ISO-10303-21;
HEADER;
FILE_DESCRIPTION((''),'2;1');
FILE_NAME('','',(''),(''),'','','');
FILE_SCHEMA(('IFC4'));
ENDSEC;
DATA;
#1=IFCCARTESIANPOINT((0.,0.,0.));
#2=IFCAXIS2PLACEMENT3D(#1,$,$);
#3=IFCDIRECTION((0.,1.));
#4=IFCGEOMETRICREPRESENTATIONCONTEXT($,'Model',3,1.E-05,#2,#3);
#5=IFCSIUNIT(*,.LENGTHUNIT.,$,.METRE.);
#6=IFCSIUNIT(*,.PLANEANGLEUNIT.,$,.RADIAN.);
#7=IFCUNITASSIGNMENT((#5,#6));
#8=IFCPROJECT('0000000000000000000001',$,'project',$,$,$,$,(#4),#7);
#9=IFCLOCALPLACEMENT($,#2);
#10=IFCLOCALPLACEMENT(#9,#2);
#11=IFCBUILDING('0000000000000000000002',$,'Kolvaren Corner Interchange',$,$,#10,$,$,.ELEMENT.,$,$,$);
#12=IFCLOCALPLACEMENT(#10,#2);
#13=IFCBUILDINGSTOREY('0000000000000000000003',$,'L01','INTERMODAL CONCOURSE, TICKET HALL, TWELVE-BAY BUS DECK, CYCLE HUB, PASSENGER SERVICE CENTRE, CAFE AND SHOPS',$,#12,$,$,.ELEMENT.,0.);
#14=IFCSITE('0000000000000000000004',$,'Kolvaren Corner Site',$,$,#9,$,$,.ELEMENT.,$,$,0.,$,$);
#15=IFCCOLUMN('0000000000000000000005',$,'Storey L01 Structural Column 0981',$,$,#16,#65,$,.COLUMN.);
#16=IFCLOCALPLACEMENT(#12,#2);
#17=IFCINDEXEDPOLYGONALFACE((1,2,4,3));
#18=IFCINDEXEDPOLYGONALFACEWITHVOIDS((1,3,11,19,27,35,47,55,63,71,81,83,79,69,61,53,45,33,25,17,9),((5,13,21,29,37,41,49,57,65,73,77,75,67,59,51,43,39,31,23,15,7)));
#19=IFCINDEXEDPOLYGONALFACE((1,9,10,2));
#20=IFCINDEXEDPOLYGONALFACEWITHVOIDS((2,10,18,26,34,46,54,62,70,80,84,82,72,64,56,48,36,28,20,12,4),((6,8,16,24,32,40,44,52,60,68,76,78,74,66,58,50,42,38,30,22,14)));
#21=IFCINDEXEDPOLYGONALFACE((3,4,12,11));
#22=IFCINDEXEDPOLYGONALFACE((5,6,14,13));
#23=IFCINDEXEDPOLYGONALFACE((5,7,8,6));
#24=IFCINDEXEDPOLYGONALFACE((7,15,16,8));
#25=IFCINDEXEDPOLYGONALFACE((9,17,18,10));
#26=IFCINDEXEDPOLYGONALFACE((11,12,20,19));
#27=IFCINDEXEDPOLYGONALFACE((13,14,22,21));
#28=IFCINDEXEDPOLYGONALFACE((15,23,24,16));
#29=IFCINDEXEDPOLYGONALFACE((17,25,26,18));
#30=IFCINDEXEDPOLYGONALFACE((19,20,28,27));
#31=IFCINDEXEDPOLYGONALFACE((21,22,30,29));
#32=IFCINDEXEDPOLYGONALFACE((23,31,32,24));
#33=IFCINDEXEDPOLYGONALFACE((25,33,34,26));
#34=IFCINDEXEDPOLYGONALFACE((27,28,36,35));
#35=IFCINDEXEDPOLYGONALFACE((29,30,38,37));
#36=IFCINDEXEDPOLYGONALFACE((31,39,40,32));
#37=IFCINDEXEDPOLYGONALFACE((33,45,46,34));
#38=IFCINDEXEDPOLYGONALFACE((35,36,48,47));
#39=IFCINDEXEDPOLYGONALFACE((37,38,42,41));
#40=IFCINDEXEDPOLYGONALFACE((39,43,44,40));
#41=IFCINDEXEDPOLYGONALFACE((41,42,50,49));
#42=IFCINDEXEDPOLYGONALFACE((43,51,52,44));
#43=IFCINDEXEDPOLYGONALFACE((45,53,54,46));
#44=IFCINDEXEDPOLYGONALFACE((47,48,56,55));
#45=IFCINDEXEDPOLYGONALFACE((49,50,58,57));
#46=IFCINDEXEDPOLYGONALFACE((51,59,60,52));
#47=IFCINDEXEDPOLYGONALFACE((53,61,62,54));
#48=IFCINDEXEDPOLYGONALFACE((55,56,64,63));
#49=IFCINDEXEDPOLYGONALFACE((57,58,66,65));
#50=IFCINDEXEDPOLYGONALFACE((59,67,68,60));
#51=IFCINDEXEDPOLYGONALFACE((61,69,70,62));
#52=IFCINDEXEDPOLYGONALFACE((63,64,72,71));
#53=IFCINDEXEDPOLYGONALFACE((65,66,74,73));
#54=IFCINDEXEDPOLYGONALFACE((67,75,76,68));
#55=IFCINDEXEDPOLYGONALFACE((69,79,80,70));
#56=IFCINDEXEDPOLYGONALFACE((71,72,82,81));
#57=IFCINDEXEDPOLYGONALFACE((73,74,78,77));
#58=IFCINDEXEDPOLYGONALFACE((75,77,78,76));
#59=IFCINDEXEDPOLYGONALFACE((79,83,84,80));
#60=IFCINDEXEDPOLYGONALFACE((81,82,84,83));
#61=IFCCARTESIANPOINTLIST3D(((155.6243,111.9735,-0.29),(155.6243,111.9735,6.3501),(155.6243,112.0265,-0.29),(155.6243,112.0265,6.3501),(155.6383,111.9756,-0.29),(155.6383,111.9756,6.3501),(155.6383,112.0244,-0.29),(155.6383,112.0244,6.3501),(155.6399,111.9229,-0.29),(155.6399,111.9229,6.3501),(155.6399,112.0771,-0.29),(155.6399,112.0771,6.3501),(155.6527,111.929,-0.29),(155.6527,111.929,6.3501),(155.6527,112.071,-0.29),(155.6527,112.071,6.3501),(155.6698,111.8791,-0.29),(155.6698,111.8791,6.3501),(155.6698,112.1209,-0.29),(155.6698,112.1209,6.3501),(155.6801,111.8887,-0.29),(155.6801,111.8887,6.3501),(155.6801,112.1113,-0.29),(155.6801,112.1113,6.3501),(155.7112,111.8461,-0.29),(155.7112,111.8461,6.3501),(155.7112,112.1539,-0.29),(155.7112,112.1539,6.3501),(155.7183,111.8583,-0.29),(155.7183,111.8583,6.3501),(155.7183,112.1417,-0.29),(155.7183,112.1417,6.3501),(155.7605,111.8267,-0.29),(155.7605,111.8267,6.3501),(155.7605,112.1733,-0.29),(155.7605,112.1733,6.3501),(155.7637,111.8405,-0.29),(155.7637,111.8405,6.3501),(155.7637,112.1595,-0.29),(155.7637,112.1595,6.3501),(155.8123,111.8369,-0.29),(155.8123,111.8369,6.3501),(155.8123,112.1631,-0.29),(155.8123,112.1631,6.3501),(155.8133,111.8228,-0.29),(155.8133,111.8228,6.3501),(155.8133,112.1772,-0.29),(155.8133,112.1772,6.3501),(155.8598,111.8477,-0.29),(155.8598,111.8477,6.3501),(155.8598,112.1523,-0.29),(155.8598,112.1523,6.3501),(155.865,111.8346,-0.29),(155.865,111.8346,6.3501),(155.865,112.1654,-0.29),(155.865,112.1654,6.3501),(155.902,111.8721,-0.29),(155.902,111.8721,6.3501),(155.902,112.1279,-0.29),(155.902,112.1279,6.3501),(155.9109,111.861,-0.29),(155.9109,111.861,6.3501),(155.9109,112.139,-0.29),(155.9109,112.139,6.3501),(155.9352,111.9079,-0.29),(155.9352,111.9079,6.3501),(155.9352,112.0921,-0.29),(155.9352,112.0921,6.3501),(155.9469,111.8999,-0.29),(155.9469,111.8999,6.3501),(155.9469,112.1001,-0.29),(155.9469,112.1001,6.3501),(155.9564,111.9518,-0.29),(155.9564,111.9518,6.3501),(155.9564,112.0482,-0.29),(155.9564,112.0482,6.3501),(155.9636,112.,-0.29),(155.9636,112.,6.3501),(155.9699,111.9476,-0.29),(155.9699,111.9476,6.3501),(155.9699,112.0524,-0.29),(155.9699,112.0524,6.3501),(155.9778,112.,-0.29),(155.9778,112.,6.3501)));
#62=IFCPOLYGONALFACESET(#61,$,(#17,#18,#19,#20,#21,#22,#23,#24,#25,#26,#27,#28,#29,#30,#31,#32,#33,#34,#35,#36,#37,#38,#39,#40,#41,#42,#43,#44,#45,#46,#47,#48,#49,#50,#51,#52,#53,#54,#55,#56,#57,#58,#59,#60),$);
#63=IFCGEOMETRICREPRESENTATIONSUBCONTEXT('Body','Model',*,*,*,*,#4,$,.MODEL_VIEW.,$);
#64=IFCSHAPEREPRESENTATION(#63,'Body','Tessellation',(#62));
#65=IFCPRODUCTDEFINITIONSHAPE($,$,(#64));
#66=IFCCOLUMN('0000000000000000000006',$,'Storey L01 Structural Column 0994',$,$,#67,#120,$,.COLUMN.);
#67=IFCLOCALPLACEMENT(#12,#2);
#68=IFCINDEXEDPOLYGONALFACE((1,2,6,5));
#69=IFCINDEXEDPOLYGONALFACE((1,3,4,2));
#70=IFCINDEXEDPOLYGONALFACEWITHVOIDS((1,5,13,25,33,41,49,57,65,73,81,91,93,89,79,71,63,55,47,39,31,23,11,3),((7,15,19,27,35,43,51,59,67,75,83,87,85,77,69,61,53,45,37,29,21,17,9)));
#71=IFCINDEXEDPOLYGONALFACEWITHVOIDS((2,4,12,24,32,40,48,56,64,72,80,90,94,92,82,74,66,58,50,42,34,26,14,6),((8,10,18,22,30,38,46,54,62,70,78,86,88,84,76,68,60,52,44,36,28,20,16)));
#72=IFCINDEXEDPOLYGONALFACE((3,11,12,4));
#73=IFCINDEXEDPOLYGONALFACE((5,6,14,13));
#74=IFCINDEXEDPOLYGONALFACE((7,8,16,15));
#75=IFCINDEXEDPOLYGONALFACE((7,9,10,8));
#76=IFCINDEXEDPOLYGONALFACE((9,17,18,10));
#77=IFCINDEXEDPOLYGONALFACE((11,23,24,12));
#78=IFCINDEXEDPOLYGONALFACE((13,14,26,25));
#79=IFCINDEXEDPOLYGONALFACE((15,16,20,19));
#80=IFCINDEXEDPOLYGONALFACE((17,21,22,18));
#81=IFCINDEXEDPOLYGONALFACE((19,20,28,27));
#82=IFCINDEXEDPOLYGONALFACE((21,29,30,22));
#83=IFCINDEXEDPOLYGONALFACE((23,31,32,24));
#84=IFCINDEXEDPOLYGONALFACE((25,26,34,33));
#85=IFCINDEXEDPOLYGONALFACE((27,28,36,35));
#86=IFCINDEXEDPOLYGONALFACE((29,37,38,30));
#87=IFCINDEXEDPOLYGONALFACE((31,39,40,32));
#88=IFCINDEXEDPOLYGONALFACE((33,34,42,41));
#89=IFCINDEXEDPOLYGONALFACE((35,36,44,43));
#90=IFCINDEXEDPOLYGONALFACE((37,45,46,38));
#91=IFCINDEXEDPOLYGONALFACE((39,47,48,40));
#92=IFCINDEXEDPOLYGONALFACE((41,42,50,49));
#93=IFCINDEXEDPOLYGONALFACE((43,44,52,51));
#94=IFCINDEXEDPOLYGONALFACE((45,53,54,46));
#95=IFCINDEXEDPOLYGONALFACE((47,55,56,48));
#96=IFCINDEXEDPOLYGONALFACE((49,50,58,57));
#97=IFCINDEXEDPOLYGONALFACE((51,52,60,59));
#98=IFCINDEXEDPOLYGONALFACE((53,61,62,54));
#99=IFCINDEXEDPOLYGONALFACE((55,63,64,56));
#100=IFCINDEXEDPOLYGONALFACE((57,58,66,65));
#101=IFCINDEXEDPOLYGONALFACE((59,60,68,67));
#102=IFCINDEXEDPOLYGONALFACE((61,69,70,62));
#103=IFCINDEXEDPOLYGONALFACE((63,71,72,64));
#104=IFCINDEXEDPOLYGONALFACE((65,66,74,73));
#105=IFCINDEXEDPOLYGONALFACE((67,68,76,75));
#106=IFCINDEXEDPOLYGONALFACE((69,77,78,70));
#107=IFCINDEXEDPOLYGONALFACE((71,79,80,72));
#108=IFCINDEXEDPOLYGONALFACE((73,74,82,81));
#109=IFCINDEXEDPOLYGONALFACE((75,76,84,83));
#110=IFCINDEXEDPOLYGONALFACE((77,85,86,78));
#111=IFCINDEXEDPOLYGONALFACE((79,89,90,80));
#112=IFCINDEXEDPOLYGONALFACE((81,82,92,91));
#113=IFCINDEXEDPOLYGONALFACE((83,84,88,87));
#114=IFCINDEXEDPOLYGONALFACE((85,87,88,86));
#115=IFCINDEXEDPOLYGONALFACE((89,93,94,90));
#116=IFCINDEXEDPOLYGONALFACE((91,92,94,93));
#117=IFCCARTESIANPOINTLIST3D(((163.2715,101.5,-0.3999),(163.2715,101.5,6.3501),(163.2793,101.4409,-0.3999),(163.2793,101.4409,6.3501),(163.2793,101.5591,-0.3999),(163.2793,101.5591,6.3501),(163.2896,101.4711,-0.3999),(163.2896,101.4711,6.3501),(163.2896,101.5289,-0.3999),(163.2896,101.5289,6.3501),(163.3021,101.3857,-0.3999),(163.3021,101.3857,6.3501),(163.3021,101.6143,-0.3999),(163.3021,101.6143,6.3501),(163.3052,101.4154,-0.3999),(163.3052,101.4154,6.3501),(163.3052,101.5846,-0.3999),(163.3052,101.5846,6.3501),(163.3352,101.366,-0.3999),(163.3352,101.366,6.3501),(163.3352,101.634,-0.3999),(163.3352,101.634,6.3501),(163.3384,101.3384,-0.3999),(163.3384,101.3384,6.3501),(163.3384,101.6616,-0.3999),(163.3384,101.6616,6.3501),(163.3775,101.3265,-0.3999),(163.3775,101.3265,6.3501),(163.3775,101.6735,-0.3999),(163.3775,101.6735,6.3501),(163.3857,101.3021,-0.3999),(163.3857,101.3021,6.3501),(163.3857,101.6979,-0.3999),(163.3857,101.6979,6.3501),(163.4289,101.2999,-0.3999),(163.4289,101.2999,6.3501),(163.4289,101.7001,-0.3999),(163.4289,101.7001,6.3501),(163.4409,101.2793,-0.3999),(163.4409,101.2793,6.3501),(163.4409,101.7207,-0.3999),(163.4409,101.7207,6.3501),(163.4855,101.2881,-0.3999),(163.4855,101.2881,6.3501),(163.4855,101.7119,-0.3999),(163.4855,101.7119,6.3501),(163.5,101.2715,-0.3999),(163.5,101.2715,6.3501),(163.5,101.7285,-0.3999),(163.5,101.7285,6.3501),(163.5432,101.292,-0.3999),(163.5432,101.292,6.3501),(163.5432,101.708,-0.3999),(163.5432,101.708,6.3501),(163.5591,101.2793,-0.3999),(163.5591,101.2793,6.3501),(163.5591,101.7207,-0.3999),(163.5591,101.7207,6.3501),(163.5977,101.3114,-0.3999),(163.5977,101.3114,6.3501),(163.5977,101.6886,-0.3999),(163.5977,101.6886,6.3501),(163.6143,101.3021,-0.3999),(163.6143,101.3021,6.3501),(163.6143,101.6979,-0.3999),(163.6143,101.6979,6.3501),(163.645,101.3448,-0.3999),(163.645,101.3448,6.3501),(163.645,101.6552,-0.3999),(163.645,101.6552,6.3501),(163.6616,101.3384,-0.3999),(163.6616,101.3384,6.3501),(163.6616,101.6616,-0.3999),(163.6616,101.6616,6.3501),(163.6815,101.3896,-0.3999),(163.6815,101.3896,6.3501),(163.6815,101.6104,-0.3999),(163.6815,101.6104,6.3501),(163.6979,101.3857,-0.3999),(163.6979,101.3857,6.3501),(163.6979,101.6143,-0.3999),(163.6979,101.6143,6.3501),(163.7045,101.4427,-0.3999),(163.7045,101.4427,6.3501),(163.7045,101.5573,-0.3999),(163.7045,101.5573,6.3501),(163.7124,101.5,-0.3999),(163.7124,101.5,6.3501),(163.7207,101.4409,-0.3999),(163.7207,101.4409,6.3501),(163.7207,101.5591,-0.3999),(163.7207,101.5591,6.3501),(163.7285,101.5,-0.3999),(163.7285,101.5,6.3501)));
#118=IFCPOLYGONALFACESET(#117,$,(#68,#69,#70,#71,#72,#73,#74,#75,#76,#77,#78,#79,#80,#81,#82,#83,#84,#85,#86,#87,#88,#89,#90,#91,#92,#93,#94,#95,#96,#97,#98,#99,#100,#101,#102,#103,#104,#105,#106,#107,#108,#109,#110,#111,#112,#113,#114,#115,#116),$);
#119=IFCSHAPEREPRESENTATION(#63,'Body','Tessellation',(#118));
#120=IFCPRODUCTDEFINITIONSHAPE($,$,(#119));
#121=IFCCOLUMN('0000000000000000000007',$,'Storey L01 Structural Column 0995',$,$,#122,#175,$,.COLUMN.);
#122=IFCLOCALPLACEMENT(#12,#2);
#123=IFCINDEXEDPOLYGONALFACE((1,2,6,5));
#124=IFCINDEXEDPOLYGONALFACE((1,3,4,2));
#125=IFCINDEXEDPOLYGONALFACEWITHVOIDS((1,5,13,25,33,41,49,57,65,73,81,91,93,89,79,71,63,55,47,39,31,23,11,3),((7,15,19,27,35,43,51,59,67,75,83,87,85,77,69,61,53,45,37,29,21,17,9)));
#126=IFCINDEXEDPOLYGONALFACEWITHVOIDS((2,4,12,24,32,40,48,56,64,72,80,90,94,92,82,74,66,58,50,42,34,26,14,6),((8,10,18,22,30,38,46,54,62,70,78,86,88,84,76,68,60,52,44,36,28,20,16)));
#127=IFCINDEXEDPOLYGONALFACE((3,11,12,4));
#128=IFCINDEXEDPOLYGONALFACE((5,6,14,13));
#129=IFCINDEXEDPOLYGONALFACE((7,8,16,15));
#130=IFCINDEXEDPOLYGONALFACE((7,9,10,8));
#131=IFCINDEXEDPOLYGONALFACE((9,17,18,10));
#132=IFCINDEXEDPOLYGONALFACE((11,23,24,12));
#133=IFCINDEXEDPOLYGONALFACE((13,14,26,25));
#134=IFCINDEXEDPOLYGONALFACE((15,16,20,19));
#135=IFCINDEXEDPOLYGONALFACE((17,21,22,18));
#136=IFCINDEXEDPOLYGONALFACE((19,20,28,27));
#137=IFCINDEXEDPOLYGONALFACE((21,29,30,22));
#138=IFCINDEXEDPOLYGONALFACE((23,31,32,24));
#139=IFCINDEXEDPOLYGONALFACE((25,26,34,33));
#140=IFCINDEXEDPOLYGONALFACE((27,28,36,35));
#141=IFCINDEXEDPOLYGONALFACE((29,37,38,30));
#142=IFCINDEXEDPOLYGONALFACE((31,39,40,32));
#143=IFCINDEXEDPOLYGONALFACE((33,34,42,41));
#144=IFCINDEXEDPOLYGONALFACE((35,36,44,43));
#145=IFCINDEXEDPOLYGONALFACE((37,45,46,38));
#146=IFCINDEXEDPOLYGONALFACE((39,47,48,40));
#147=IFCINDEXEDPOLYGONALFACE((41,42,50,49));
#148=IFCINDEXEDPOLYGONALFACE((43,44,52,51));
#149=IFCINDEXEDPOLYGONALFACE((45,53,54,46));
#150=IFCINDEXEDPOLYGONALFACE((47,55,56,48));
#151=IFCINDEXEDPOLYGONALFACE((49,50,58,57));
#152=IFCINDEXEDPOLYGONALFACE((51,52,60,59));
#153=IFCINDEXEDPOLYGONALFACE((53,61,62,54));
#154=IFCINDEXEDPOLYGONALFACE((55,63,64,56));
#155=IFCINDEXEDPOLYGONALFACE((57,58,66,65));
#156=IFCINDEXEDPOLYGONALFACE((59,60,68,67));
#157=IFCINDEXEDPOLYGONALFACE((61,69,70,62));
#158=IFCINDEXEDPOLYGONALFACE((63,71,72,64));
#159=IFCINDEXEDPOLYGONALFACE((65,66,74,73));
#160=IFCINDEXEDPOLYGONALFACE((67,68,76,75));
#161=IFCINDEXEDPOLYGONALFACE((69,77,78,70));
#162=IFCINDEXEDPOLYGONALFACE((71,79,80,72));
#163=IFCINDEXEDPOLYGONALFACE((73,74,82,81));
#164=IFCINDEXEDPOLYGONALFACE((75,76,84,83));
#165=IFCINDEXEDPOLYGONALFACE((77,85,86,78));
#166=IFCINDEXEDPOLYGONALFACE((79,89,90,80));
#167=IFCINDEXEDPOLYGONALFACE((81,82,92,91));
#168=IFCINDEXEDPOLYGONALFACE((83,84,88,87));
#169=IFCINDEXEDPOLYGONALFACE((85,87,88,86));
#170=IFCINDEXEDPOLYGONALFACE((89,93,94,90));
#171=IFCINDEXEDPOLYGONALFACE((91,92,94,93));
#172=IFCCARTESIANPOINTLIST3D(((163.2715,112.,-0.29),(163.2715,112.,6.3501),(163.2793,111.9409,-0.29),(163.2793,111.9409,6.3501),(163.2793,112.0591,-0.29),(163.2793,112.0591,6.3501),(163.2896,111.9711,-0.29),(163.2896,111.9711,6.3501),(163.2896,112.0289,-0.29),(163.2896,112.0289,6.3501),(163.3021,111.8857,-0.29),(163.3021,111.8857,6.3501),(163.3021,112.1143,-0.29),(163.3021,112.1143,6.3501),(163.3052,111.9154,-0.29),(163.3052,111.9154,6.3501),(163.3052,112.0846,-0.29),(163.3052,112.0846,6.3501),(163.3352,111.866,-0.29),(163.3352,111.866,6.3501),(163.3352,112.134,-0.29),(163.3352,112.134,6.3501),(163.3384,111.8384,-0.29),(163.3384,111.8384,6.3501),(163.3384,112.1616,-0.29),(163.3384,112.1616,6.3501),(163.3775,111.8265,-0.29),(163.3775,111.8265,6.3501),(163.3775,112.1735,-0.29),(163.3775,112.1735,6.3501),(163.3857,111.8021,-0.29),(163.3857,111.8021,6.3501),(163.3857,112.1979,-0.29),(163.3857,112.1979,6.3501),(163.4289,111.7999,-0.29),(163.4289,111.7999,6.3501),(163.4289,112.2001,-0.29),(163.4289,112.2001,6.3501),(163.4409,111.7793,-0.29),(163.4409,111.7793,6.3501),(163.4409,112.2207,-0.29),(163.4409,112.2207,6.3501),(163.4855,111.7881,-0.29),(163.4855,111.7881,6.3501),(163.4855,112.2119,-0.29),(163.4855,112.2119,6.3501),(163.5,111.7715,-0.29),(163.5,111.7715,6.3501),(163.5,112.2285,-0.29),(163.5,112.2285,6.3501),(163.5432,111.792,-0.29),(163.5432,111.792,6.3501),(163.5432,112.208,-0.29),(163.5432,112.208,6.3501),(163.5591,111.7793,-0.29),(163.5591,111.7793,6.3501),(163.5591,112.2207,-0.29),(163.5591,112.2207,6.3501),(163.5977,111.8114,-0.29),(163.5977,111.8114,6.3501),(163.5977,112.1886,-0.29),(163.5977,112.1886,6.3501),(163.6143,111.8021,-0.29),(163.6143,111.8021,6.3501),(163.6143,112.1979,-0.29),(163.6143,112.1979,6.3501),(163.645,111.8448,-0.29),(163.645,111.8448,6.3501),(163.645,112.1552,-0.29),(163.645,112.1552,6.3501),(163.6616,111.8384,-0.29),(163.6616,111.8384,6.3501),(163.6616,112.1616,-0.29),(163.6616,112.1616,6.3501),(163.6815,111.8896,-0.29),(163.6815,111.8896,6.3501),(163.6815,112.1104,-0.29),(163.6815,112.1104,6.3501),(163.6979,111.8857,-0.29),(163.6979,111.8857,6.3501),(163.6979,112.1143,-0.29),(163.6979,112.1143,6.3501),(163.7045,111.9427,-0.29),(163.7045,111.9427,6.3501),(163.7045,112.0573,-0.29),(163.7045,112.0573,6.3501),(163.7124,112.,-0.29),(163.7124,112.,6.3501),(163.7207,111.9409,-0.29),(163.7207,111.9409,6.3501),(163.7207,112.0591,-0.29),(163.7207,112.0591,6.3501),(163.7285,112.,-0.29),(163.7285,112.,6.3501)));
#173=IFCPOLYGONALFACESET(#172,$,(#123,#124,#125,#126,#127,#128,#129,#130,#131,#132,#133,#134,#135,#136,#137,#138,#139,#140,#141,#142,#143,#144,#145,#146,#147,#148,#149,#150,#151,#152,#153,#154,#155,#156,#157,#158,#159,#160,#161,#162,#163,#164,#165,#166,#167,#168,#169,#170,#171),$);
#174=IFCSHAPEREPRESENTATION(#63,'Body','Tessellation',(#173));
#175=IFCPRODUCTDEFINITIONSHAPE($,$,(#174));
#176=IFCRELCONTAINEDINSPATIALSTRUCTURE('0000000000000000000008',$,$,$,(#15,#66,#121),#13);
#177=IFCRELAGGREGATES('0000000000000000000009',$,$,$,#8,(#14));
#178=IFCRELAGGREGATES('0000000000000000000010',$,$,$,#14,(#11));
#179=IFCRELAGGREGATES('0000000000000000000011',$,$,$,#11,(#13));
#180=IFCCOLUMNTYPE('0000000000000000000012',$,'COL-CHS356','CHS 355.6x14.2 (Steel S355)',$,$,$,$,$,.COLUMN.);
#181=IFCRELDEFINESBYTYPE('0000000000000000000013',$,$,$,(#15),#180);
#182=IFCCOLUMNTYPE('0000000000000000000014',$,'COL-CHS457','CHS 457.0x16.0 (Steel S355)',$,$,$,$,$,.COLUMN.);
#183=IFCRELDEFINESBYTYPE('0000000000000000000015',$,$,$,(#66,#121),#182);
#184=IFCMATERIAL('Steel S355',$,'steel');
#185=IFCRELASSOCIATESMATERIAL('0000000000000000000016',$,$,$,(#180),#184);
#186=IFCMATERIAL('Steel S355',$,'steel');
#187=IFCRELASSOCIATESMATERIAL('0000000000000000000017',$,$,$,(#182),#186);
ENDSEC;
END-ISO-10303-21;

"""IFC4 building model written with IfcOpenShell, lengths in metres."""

from ifc_helpers import new_model, si_unit, direction, frame, origin, origin_2d, place, context, subcontext, project, spatial, hollow_circle, extrude, material, material_profile, profile_set, type_object, element, save


model = new_model("IFC4")

# Units and contexts
model_context = context("Model", 3, precision=1e-05, world=origin(), true_north=direction((0.0, 1.0)))
body_context = subcontext(model_context, "Body", "Model", "MODEL_VIEW")
ifc_project = project(units=[si_unit("LENGTHUNIT", "METRE"), si_unit("PLANEANGLEUNIT", "RADIAN")], contexts=[model_context])

# Site, building, storey
site_placement = place(None, origin())
site = spatial("IfcSite", under=ifc_project, at=site_placement, Name="Kolvaren Corner Site", CompositionType="ELEMENT", RefElevation=0.0)
building_placement = place(site_placement, origin())
building = spatial("IfcBuilding", under=site, at=building_placement, Name="Kolvaren Corner Interchange", CompositionType="ELEMENT")
storey_placement = place(building_placement, origin())
storey = spatial("IfcBuildingStorey", under=building, at=storey_placement, Name="L01", Description="INTERMODAL CONCOURSE, TICKET HALL, TWELVE-BAY BUS DECK, CYCLE HUB, PASSENGER SERVICE CENTRE, CAFE AND SHOPS", CompositionType="ELEMENT", Elevation=0.0)

# Columns
ifc_material_1 = material(Name="Steel S355", Category="steel")
ifc_material_profile_1 = material_profile(ifc_material_1, hollow_circle(Radius=0.1777, WallThickness=0.0142, at=origin_2d()), Name="CHS 355.6x14.2")
ifc_profile_set_1 = profile_set([ifc_material_profile_1], Name="Steel S355")
column_type_1 = type_object("IfcColumnType", Name="COL-CHS356", Description="CHS 355.6x14.2 (Steel S355)", PredefinedType="COLUMN", material=ifc_profile_set_1)
column_1_placement = place(storey_placement, frame((155.8, 112.0, -0.29), z_axis=(0.0, 0.0, 1.0), x_axis=(1.0, 0.0, 0.0)))
element("IfcColumn", 1, at=column_1_placement, inside=storey, type_object=column_type_1, Name="Storey L01 Structural Column 0981", PredefinedType="COLUMN", context=body_context, shape_type="SweptSolid", body=[
    extrude(hollow_circle(Radius=0.1777, WallThickness=0.0142, at=origin_2d()), origin(), (0.0, 0.0, 1.0), 6.6401),
])
ifc_material_2 = material(Name="Steel S355", Category="steel")
ifc_material_profile_2 = material_profile(ifc_material_2, hollow_circle(Radius=0.2285, WallThickness=0.0161, at=origin_2d()), Name="CHS 457.0x16.0")
ifc_profile_set_2 = profile_set([ifc_material_profile_2], Name="Steel S355")
column_type_2 = type_object("IfcColumnType", Name="COL-CHS457", Description="CHS 457.0x16.0 (Steel S355)", PredefinedType="COLUMN", material=ifc_profile_set_2)
column_2_placement = place(storey_placement, frame((163.5, 101.5, -0.3999), z_axis=(0.0, 0.0, 1.0), x_axis=(1.0, 0.0, 0.0)))
element("IfcColumn", 2, at=column_2_placement, inside=storey, type_object=column_type_2, Name="Storey L01 Structural Column 0994", PredefinedType="COLUMN", context=body_context, shape_type="SweptSolid", body=[
    extrude(hollow_circle(Radius=0.2285, WallThickness=0.0161, at=origin_2d()), origin(), (0.0, 0.0, 1.0), 6.75),
])
column_3_placement = place(storey_placement, frame((163.5, 112.0, -0.29), z_axis=(0.0, 0.0, 1.0), x_axis=(1.0, 0.0, 0.0)))
element("IfcColumn", 3, at=column_3_placement, inside=storey, type_object=column_type_2, Name="Storey L01 Structural Column 0995", PredefinedType="COLUMN", context=body_context, shape_type="SweptSolid", body=[
    extrude(hollow_circle(Radius=0.2285, WallThickness=0.0161, at=origin_2d()), origin(), (0.0, 0.0, 1.0), 6.6401),
])

save(model, "model.ifc")
